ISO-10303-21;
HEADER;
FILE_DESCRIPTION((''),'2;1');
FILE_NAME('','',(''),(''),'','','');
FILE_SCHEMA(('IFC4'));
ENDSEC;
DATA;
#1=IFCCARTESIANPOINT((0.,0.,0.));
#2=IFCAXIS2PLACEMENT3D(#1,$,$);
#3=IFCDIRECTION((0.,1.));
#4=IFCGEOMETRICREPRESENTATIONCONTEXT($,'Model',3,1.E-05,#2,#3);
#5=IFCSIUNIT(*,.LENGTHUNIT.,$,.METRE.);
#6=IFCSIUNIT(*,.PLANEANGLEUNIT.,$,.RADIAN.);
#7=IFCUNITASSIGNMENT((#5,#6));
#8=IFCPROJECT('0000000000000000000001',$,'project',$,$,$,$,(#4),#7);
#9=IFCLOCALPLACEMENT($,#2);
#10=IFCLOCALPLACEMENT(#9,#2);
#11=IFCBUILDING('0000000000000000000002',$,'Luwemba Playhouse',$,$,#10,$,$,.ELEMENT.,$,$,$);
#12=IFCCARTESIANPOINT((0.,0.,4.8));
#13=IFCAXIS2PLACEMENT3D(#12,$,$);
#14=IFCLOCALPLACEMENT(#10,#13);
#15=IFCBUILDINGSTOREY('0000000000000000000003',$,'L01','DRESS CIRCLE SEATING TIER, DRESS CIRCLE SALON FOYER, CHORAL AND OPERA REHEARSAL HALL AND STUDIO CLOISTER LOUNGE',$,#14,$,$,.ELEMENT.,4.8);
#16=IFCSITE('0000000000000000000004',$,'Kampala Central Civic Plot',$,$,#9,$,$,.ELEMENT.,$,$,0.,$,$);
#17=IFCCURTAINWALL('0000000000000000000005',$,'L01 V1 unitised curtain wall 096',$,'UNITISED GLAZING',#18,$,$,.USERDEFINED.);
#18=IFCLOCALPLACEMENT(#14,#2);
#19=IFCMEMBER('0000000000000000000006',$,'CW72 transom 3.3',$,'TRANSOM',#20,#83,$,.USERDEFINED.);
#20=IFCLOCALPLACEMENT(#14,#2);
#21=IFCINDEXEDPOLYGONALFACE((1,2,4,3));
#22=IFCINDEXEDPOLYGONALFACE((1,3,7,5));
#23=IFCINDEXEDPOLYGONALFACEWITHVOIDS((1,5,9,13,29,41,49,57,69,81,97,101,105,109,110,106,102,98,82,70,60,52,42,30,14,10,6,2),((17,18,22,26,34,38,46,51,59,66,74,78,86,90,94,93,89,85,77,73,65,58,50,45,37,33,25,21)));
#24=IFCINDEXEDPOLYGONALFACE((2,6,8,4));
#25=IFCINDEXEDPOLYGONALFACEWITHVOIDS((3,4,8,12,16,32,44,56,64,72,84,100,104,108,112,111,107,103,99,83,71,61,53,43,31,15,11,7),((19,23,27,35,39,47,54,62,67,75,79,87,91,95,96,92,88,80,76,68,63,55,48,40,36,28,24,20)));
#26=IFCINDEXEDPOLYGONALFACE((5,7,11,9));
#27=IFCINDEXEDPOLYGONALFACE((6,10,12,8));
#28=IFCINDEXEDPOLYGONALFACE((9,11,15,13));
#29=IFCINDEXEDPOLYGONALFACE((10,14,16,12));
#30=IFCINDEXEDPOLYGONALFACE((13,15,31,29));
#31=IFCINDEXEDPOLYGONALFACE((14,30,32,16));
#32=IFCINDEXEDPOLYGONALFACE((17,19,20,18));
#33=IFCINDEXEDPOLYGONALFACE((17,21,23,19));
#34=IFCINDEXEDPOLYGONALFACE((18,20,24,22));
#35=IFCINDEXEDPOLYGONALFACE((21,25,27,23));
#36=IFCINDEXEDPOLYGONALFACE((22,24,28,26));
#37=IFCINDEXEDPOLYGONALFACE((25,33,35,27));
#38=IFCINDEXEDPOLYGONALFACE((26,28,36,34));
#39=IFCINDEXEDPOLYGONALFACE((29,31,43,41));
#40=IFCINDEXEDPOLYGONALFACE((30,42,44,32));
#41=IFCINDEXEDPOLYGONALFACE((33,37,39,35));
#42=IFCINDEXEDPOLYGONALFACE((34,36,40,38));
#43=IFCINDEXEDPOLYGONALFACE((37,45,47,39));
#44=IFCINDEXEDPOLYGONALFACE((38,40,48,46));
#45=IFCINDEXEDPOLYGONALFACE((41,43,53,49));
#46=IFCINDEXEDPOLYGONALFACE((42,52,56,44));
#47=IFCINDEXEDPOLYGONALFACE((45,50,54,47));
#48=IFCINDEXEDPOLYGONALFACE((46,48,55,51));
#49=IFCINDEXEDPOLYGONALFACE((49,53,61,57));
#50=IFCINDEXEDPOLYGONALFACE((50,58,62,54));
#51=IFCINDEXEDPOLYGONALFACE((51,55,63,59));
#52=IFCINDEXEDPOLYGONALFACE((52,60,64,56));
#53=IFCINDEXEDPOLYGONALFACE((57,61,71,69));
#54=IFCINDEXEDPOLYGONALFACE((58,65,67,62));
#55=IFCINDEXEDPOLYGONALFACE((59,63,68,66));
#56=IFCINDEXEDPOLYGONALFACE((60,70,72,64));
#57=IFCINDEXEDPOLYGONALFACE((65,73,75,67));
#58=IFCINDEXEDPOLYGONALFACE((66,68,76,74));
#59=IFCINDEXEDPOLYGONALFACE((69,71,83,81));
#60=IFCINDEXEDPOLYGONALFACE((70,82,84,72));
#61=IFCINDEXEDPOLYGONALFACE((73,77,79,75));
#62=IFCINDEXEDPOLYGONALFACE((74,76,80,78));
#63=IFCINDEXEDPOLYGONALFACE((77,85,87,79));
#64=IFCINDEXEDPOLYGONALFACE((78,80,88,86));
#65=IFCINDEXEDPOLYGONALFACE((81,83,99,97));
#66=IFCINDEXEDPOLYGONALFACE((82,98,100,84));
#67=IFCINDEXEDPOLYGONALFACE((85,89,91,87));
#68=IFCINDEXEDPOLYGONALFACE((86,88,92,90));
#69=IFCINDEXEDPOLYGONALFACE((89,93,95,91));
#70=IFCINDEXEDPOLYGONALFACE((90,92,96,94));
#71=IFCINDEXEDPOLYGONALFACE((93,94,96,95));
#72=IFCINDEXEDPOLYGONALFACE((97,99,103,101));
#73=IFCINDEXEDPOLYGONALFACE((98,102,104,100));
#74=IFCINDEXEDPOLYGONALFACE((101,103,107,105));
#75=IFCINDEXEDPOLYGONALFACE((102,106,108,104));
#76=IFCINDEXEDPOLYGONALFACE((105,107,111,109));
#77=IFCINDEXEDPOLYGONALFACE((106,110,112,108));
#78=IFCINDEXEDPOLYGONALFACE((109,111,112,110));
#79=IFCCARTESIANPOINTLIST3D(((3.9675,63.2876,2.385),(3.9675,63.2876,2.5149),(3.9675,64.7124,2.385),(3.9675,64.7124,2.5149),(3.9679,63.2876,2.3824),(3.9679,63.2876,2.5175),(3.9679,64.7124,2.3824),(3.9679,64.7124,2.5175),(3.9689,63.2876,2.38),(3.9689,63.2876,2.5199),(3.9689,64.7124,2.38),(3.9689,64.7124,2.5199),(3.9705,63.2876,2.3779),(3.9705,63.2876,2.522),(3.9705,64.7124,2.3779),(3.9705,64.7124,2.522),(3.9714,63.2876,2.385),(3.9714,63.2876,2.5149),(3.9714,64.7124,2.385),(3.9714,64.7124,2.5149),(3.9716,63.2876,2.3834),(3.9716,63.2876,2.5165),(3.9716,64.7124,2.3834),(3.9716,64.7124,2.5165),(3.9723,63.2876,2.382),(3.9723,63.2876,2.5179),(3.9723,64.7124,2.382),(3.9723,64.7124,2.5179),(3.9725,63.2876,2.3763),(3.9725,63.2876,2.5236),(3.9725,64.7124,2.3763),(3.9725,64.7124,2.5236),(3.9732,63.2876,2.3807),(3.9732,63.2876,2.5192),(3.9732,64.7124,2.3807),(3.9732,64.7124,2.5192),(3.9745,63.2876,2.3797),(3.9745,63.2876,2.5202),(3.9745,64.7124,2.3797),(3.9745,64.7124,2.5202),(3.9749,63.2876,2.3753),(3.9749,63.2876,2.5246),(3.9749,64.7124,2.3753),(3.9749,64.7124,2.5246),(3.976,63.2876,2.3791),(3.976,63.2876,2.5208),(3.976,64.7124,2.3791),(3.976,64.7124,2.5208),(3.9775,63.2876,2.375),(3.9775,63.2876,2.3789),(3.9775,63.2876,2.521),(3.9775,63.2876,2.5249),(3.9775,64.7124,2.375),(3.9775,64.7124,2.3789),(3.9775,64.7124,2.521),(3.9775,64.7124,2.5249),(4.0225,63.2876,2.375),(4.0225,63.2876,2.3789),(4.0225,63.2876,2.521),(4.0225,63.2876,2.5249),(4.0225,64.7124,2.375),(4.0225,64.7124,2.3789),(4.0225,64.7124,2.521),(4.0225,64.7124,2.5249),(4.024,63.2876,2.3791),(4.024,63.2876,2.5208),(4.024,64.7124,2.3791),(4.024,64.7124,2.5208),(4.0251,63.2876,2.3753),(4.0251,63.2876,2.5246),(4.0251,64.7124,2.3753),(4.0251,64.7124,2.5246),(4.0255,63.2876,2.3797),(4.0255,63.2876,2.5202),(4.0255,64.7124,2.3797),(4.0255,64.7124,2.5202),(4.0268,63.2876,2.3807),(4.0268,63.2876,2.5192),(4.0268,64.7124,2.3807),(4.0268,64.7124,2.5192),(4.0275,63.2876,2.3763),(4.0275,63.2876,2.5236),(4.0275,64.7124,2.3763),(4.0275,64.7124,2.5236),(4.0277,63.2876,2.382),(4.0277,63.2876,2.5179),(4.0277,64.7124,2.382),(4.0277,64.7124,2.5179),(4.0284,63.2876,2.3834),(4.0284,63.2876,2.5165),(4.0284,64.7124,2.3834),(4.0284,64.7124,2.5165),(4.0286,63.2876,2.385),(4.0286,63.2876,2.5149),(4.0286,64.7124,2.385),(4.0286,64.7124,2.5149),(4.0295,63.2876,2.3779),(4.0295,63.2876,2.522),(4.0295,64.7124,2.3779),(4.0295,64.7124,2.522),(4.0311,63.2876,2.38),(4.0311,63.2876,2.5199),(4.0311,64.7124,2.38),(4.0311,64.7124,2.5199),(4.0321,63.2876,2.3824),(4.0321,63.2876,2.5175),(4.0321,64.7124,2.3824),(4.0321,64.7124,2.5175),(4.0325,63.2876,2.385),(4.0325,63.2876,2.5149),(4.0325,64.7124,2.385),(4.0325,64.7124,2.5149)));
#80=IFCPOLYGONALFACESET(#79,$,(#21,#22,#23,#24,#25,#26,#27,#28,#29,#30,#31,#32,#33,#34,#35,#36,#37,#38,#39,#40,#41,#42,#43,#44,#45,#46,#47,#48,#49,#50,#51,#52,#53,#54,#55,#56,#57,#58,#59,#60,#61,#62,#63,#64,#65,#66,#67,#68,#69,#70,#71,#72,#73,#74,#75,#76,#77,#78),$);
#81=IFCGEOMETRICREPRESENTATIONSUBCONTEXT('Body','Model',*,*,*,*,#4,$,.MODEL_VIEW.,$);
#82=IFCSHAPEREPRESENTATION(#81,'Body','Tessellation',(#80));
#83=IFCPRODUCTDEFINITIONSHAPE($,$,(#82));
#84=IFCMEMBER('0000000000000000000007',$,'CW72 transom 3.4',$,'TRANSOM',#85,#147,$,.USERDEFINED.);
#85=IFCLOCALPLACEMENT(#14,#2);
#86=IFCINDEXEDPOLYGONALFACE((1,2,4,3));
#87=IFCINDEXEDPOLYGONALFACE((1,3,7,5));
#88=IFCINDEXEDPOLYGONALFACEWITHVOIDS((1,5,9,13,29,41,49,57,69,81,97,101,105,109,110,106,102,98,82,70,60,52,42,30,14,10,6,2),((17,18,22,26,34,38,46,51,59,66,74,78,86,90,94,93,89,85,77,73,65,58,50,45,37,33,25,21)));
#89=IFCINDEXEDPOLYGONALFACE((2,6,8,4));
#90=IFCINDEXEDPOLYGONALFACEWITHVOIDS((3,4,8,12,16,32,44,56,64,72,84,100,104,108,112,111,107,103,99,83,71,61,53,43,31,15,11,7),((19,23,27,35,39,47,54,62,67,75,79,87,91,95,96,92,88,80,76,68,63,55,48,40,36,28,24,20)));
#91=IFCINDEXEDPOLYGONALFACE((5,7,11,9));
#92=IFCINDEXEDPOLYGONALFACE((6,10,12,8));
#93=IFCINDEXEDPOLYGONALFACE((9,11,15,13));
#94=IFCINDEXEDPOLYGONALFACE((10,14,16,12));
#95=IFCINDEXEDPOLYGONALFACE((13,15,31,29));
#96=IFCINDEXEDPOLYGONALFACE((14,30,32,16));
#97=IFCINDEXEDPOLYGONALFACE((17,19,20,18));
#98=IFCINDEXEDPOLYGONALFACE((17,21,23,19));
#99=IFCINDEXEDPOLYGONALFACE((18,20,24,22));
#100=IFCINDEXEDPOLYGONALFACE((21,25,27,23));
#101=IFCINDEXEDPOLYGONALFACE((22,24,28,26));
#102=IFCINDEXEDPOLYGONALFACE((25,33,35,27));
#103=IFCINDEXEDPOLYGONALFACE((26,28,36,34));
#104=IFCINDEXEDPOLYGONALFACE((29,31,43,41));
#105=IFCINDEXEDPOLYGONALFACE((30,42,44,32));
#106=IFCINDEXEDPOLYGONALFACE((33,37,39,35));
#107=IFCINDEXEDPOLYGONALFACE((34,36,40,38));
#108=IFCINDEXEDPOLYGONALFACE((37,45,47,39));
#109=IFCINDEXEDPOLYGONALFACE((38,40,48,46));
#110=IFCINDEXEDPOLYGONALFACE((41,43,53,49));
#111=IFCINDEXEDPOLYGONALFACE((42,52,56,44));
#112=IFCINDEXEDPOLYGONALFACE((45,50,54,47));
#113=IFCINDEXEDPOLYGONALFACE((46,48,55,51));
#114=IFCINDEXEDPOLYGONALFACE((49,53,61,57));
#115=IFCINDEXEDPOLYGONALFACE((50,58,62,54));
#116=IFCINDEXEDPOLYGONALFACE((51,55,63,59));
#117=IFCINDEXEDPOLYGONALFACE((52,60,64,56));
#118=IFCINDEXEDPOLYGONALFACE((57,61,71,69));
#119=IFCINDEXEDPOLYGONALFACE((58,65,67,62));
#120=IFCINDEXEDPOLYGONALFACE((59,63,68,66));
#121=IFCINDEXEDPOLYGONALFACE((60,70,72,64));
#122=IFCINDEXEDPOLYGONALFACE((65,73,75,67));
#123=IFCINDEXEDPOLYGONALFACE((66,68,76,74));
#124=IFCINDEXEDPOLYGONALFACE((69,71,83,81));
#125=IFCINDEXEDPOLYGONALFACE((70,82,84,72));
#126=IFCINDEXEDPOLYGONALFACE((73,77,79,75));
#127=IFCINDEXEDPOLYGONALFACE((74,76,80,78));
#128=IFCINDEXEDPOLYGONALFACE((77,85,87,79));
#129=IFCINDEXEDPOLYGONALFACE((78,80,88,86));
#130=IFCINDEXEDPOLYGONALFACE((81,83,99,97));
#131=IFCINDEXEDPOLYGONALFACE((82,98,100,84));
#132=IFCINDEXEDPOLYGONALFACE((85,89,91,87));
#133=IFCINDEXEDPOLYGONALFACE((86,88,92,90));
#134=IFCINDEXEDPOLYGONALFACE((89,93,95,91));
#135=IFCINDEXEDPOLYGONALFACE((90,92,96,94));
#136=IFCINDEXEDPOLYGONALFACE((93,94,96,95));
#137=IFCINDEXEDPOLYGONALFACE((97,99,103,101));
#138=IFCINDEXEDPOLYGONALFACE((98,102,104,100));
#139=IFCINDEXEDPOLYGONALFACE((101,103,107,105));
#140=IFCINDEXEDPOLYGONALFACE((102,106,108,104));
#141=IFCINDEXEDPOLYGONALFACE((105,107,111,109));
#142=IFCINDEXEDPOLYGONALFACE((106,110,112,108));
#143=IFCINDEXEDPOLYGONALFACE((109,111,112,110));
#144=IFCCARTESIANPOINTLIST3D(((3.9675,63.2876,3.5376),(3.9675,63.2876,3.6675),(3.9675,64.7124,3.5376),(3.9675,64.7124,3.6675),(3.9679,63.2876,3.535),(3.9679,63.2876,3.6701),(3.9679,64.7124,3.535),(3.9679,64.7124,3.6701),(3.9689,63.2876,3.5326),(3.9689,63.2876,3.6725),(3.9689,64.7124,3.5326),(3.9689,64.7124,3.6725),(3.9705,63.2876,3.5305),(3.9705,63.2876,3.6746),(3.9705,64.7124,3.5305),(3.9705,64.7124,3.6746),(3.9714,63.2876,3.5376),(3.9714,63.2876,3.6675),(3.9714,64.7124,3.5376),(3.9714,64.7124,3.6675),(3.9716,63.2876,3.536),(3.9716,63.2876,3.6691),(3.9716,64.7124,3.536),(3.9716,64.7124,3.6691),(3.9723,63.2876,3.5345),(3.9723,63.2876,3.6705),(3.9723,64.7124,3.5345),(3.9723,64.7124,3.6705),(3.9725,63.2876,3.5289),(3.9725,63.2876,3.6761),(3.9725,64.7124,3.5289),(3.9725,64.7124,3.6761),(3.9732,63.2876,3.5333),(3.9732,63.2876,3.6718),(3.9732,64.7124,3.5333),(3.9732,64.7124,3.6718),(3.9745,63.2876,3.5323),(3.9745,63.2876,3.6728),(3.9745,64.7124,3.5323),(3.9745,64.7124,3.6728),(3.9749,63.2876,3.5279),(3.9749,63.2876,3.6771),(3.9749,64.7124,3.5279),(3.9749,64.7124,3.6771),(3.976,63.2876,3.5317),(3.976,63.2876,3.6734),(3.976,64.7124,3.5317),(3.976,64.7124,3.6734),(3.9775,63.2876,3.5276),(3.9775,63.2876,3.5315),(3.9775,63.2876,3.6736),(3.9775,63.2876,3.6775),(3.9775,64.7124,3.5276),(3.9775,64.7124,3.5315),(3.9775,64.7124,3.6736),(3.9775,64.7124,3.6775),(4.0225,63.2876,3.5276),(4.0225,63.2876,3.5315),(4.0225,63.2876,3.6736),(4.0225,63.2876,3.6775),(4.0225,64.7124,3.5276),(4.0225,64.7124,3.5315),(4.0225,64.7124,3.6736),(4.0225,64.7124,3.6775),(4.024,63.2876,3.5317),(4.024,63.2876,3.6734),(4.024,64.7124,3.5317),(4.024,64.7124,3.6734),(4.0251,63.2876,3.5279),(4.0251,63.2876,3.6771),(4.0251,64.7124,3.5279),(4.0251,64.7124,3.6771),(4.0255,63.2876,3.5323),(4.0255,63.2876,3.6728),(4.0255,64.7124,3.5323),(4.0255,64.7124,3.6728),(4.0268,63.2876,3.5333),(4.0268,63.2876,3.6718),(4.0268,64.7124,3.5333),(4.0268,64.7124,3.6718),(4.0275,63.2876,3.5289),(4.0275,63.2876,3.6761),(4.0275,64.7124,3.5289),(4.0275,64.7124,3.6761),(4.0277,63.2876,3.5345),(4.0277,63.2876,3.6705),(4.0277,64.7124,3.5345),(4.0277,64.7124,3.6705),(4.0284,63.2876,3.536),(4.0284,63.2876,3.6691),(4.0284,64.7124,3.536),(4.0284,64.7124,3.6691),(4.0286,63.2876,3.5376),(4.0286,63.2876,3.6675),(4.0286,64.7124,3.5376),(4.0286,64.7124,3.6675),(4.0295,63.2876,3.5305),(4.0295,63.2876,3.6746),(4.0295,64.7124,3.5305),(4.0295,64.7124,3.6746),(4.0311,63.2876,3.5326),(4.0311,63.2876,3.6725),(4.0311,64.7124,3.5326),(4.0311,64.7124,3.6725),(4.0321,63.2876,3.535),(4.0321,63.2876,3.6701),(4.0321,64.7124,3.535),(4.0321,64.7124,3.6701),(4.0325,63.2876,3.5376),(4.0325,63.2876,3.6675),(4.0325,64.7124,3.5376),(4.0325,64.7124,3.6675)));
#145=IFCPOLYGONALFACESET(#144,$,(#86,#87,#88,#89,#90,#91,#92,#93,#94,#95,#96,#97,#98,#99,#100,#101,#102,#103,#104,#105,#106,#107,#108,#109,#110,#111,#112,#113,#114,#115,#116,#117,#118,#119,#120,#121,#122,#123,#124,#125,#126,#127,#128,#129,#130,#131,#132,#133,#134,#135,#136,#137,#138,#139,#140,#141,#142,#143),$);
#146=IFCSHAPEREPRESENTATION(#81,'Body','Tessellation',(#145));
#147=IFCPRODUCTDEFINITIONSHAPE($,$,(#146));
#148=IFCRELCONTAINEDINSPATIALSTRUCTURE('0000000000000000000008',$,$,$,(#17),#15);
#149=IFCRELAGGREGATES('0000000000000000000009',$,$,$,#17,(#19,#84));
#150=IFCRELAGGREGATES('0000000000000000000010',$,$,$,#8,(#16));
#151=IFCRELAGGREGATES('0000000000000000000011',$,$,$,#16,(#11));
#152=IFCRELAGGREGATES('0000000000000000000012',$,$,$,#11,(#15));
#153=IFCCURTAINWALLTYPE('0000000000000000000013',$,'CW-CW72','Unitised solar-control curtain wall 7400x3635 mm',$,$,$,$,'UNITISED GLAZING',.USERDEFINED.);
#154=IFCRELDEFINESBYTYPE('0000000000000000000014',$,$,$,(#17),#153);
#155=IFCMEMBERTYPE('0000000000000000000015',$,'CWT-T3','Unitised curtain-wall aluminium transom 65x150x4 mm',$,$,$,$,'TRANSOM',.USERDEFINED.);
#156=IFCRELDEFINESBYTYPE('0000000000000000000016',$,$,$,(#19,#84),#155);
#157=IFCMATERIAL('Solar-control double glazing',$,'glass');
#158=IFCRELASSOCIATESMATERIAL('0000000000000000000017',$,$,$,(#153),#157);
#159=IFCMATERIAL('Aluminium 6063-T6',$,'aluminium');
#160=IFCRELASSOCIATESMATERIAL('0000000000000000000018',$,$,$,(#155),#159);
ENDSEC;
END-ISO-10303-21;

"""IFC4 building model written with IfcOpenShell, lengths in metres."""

from ifc_helpers import new_model, si_unit, direction, frame, origin, origin_2d, place, context, subcontext, project, spatial, hollow_rectangle, extrude, material, material_profile, profile_set, type_object, element, aggregate, save


model = new_model("IFC4")

# Units and contexts
model_context = context("Model", 3, precision=1e-05, world=origin(), true_north=direction((0.0, 1.0)))
body_context = subcontext(model_context, "Body", "Model", "MODEL_VIEW")
ifc_project = project(units=[si_unit("LENGTHUNIT", "METRE"), si_unit("PLANEANGLEUNIT", "RADIAN")], contexts=[model_context])

# Site, building, storey
site_placement = place(None, origin())
site = spatial("IfcSite", under=ifc_project, at=site_placement, Name="Kampala Central Civic Plot", CompositionType="ELEMENT", RefElevation=0.0)
building_placement = place(site_placement, origin())
building = spatial("IfcBuilding", under=site, at=building_placement, Name="Luwemba Playhouse", CompositionType="ELEMENT")
storey_placement = place(building_placement, frame((0.0, 0.0, 4.8)))
storey = spatial("IfcBuildingStorey", under=building, at=storey_placement, Name="L01", Description="DRESS CIRCLE SEATING TIER, DRESS CIRCLE SALON FOYER, CHORAL AND OPERA REHEARSAL HALL AND STUDIO CLOISTER LOUNGE", CompositionType="ELEMENT", Elevation=4.8)

# Curtain wall, members
ifc_material_1 = material(Name="Solar-control double glazing", Category="glass")
curtain_wall_type = type_object("IfcCurtainWallType", Name="CW-CW72", Description="Unitised solar-control curtain wall 7400x3635 mm", ElementType="UNITISED GLAZING", PredefinedType="USERDEFINED", material=ifc_material_1)
curtain_wall_placement = place(storey_placement, origin())
curtain_wall = element("IfcCurtainWall", 1, at=curtain_wall_placement, inside=storey, type_object=curtain_wall_type, Name="L01 V1 unitised curtain wall 096", ObjectType="UNITISED GLAZING", PredefinedType="USERDEFINED")
ifc_material_2 = material(Name="Aluminium 6063-T6", Category="aluminium")
ifc_material_profile_1 = material_profile(ifc_material_2, hollow_rectangle(XDim=0.0649, YDim=0.1499, WallThickness=0.0039, InnerFilletRadius=0.0061, OuterFilletRadius=0.01, at=origin_2d()))
ifc_profile_set_1 = profile_set([ifc_material_profile_1], Name="Aluminium 6063-T6")
member_type_1 = type_object("IfcMemberType", Name="CWT-T3", Description="Unitised curtain-wall aluminium transom 65x150x4 mm", ElementType="TRANSOM", PredefinedType="USERDEFINED", material=ifc_profile_set_1)
member_1_placement = place(storey_placement, frame((4.0, 63.2876, 2.45), z_axis=(0.0, 1.0, 0.0), x_axis=(-1.0, 0.0, 0.0)))
member_1 = element("IfcMember", 2, at=member_1_placement, type_object=member_type_1, Name="CW72 transom 3.3", ObjectType="TRANSOM", PredefinedType="USERDEFINED", context=body_context, shape_type="SweptSolid", body=[
    extrude(hollow_rectangle(XDim=0.0649, YDim=0.1499, WallThickness=0.0039, InnerFilletRadius=0.0061, OuterFilletRadius=0.01, at=origin_2d()), origin(), (0.0, 0.0, 1.0), 1.4248),
])
member_2_placement = place(storey_placement, frame((4.0, 63.2876, 3.6025), z_axis=(0.0, 1.0, 0.0), x_axis=(-1.0, 0.0, 0.0)))
member_2 = element("IfcMember", 3, at=member_2_placement, type_object=member_type_1, Name="CW72 transom 3.4", ObjectType="TRANSOM", PredefinedType="USERDEFINED", context=body_context, shape_type="SweptSolid", body=[
    extrude(hollow_rectangle(XDim=0.0649, YDim=0.1499, WallThickness=0.0039, InnerFilletRadius=0.0061, OuterFilletRadius=0.01, at=origin_2d()), origin(), (0.0, 0.0, 1.0), 1.4248),
])
aggregate(curtain_wall, [member_1, member_2])

save(model, "model.ifc")
